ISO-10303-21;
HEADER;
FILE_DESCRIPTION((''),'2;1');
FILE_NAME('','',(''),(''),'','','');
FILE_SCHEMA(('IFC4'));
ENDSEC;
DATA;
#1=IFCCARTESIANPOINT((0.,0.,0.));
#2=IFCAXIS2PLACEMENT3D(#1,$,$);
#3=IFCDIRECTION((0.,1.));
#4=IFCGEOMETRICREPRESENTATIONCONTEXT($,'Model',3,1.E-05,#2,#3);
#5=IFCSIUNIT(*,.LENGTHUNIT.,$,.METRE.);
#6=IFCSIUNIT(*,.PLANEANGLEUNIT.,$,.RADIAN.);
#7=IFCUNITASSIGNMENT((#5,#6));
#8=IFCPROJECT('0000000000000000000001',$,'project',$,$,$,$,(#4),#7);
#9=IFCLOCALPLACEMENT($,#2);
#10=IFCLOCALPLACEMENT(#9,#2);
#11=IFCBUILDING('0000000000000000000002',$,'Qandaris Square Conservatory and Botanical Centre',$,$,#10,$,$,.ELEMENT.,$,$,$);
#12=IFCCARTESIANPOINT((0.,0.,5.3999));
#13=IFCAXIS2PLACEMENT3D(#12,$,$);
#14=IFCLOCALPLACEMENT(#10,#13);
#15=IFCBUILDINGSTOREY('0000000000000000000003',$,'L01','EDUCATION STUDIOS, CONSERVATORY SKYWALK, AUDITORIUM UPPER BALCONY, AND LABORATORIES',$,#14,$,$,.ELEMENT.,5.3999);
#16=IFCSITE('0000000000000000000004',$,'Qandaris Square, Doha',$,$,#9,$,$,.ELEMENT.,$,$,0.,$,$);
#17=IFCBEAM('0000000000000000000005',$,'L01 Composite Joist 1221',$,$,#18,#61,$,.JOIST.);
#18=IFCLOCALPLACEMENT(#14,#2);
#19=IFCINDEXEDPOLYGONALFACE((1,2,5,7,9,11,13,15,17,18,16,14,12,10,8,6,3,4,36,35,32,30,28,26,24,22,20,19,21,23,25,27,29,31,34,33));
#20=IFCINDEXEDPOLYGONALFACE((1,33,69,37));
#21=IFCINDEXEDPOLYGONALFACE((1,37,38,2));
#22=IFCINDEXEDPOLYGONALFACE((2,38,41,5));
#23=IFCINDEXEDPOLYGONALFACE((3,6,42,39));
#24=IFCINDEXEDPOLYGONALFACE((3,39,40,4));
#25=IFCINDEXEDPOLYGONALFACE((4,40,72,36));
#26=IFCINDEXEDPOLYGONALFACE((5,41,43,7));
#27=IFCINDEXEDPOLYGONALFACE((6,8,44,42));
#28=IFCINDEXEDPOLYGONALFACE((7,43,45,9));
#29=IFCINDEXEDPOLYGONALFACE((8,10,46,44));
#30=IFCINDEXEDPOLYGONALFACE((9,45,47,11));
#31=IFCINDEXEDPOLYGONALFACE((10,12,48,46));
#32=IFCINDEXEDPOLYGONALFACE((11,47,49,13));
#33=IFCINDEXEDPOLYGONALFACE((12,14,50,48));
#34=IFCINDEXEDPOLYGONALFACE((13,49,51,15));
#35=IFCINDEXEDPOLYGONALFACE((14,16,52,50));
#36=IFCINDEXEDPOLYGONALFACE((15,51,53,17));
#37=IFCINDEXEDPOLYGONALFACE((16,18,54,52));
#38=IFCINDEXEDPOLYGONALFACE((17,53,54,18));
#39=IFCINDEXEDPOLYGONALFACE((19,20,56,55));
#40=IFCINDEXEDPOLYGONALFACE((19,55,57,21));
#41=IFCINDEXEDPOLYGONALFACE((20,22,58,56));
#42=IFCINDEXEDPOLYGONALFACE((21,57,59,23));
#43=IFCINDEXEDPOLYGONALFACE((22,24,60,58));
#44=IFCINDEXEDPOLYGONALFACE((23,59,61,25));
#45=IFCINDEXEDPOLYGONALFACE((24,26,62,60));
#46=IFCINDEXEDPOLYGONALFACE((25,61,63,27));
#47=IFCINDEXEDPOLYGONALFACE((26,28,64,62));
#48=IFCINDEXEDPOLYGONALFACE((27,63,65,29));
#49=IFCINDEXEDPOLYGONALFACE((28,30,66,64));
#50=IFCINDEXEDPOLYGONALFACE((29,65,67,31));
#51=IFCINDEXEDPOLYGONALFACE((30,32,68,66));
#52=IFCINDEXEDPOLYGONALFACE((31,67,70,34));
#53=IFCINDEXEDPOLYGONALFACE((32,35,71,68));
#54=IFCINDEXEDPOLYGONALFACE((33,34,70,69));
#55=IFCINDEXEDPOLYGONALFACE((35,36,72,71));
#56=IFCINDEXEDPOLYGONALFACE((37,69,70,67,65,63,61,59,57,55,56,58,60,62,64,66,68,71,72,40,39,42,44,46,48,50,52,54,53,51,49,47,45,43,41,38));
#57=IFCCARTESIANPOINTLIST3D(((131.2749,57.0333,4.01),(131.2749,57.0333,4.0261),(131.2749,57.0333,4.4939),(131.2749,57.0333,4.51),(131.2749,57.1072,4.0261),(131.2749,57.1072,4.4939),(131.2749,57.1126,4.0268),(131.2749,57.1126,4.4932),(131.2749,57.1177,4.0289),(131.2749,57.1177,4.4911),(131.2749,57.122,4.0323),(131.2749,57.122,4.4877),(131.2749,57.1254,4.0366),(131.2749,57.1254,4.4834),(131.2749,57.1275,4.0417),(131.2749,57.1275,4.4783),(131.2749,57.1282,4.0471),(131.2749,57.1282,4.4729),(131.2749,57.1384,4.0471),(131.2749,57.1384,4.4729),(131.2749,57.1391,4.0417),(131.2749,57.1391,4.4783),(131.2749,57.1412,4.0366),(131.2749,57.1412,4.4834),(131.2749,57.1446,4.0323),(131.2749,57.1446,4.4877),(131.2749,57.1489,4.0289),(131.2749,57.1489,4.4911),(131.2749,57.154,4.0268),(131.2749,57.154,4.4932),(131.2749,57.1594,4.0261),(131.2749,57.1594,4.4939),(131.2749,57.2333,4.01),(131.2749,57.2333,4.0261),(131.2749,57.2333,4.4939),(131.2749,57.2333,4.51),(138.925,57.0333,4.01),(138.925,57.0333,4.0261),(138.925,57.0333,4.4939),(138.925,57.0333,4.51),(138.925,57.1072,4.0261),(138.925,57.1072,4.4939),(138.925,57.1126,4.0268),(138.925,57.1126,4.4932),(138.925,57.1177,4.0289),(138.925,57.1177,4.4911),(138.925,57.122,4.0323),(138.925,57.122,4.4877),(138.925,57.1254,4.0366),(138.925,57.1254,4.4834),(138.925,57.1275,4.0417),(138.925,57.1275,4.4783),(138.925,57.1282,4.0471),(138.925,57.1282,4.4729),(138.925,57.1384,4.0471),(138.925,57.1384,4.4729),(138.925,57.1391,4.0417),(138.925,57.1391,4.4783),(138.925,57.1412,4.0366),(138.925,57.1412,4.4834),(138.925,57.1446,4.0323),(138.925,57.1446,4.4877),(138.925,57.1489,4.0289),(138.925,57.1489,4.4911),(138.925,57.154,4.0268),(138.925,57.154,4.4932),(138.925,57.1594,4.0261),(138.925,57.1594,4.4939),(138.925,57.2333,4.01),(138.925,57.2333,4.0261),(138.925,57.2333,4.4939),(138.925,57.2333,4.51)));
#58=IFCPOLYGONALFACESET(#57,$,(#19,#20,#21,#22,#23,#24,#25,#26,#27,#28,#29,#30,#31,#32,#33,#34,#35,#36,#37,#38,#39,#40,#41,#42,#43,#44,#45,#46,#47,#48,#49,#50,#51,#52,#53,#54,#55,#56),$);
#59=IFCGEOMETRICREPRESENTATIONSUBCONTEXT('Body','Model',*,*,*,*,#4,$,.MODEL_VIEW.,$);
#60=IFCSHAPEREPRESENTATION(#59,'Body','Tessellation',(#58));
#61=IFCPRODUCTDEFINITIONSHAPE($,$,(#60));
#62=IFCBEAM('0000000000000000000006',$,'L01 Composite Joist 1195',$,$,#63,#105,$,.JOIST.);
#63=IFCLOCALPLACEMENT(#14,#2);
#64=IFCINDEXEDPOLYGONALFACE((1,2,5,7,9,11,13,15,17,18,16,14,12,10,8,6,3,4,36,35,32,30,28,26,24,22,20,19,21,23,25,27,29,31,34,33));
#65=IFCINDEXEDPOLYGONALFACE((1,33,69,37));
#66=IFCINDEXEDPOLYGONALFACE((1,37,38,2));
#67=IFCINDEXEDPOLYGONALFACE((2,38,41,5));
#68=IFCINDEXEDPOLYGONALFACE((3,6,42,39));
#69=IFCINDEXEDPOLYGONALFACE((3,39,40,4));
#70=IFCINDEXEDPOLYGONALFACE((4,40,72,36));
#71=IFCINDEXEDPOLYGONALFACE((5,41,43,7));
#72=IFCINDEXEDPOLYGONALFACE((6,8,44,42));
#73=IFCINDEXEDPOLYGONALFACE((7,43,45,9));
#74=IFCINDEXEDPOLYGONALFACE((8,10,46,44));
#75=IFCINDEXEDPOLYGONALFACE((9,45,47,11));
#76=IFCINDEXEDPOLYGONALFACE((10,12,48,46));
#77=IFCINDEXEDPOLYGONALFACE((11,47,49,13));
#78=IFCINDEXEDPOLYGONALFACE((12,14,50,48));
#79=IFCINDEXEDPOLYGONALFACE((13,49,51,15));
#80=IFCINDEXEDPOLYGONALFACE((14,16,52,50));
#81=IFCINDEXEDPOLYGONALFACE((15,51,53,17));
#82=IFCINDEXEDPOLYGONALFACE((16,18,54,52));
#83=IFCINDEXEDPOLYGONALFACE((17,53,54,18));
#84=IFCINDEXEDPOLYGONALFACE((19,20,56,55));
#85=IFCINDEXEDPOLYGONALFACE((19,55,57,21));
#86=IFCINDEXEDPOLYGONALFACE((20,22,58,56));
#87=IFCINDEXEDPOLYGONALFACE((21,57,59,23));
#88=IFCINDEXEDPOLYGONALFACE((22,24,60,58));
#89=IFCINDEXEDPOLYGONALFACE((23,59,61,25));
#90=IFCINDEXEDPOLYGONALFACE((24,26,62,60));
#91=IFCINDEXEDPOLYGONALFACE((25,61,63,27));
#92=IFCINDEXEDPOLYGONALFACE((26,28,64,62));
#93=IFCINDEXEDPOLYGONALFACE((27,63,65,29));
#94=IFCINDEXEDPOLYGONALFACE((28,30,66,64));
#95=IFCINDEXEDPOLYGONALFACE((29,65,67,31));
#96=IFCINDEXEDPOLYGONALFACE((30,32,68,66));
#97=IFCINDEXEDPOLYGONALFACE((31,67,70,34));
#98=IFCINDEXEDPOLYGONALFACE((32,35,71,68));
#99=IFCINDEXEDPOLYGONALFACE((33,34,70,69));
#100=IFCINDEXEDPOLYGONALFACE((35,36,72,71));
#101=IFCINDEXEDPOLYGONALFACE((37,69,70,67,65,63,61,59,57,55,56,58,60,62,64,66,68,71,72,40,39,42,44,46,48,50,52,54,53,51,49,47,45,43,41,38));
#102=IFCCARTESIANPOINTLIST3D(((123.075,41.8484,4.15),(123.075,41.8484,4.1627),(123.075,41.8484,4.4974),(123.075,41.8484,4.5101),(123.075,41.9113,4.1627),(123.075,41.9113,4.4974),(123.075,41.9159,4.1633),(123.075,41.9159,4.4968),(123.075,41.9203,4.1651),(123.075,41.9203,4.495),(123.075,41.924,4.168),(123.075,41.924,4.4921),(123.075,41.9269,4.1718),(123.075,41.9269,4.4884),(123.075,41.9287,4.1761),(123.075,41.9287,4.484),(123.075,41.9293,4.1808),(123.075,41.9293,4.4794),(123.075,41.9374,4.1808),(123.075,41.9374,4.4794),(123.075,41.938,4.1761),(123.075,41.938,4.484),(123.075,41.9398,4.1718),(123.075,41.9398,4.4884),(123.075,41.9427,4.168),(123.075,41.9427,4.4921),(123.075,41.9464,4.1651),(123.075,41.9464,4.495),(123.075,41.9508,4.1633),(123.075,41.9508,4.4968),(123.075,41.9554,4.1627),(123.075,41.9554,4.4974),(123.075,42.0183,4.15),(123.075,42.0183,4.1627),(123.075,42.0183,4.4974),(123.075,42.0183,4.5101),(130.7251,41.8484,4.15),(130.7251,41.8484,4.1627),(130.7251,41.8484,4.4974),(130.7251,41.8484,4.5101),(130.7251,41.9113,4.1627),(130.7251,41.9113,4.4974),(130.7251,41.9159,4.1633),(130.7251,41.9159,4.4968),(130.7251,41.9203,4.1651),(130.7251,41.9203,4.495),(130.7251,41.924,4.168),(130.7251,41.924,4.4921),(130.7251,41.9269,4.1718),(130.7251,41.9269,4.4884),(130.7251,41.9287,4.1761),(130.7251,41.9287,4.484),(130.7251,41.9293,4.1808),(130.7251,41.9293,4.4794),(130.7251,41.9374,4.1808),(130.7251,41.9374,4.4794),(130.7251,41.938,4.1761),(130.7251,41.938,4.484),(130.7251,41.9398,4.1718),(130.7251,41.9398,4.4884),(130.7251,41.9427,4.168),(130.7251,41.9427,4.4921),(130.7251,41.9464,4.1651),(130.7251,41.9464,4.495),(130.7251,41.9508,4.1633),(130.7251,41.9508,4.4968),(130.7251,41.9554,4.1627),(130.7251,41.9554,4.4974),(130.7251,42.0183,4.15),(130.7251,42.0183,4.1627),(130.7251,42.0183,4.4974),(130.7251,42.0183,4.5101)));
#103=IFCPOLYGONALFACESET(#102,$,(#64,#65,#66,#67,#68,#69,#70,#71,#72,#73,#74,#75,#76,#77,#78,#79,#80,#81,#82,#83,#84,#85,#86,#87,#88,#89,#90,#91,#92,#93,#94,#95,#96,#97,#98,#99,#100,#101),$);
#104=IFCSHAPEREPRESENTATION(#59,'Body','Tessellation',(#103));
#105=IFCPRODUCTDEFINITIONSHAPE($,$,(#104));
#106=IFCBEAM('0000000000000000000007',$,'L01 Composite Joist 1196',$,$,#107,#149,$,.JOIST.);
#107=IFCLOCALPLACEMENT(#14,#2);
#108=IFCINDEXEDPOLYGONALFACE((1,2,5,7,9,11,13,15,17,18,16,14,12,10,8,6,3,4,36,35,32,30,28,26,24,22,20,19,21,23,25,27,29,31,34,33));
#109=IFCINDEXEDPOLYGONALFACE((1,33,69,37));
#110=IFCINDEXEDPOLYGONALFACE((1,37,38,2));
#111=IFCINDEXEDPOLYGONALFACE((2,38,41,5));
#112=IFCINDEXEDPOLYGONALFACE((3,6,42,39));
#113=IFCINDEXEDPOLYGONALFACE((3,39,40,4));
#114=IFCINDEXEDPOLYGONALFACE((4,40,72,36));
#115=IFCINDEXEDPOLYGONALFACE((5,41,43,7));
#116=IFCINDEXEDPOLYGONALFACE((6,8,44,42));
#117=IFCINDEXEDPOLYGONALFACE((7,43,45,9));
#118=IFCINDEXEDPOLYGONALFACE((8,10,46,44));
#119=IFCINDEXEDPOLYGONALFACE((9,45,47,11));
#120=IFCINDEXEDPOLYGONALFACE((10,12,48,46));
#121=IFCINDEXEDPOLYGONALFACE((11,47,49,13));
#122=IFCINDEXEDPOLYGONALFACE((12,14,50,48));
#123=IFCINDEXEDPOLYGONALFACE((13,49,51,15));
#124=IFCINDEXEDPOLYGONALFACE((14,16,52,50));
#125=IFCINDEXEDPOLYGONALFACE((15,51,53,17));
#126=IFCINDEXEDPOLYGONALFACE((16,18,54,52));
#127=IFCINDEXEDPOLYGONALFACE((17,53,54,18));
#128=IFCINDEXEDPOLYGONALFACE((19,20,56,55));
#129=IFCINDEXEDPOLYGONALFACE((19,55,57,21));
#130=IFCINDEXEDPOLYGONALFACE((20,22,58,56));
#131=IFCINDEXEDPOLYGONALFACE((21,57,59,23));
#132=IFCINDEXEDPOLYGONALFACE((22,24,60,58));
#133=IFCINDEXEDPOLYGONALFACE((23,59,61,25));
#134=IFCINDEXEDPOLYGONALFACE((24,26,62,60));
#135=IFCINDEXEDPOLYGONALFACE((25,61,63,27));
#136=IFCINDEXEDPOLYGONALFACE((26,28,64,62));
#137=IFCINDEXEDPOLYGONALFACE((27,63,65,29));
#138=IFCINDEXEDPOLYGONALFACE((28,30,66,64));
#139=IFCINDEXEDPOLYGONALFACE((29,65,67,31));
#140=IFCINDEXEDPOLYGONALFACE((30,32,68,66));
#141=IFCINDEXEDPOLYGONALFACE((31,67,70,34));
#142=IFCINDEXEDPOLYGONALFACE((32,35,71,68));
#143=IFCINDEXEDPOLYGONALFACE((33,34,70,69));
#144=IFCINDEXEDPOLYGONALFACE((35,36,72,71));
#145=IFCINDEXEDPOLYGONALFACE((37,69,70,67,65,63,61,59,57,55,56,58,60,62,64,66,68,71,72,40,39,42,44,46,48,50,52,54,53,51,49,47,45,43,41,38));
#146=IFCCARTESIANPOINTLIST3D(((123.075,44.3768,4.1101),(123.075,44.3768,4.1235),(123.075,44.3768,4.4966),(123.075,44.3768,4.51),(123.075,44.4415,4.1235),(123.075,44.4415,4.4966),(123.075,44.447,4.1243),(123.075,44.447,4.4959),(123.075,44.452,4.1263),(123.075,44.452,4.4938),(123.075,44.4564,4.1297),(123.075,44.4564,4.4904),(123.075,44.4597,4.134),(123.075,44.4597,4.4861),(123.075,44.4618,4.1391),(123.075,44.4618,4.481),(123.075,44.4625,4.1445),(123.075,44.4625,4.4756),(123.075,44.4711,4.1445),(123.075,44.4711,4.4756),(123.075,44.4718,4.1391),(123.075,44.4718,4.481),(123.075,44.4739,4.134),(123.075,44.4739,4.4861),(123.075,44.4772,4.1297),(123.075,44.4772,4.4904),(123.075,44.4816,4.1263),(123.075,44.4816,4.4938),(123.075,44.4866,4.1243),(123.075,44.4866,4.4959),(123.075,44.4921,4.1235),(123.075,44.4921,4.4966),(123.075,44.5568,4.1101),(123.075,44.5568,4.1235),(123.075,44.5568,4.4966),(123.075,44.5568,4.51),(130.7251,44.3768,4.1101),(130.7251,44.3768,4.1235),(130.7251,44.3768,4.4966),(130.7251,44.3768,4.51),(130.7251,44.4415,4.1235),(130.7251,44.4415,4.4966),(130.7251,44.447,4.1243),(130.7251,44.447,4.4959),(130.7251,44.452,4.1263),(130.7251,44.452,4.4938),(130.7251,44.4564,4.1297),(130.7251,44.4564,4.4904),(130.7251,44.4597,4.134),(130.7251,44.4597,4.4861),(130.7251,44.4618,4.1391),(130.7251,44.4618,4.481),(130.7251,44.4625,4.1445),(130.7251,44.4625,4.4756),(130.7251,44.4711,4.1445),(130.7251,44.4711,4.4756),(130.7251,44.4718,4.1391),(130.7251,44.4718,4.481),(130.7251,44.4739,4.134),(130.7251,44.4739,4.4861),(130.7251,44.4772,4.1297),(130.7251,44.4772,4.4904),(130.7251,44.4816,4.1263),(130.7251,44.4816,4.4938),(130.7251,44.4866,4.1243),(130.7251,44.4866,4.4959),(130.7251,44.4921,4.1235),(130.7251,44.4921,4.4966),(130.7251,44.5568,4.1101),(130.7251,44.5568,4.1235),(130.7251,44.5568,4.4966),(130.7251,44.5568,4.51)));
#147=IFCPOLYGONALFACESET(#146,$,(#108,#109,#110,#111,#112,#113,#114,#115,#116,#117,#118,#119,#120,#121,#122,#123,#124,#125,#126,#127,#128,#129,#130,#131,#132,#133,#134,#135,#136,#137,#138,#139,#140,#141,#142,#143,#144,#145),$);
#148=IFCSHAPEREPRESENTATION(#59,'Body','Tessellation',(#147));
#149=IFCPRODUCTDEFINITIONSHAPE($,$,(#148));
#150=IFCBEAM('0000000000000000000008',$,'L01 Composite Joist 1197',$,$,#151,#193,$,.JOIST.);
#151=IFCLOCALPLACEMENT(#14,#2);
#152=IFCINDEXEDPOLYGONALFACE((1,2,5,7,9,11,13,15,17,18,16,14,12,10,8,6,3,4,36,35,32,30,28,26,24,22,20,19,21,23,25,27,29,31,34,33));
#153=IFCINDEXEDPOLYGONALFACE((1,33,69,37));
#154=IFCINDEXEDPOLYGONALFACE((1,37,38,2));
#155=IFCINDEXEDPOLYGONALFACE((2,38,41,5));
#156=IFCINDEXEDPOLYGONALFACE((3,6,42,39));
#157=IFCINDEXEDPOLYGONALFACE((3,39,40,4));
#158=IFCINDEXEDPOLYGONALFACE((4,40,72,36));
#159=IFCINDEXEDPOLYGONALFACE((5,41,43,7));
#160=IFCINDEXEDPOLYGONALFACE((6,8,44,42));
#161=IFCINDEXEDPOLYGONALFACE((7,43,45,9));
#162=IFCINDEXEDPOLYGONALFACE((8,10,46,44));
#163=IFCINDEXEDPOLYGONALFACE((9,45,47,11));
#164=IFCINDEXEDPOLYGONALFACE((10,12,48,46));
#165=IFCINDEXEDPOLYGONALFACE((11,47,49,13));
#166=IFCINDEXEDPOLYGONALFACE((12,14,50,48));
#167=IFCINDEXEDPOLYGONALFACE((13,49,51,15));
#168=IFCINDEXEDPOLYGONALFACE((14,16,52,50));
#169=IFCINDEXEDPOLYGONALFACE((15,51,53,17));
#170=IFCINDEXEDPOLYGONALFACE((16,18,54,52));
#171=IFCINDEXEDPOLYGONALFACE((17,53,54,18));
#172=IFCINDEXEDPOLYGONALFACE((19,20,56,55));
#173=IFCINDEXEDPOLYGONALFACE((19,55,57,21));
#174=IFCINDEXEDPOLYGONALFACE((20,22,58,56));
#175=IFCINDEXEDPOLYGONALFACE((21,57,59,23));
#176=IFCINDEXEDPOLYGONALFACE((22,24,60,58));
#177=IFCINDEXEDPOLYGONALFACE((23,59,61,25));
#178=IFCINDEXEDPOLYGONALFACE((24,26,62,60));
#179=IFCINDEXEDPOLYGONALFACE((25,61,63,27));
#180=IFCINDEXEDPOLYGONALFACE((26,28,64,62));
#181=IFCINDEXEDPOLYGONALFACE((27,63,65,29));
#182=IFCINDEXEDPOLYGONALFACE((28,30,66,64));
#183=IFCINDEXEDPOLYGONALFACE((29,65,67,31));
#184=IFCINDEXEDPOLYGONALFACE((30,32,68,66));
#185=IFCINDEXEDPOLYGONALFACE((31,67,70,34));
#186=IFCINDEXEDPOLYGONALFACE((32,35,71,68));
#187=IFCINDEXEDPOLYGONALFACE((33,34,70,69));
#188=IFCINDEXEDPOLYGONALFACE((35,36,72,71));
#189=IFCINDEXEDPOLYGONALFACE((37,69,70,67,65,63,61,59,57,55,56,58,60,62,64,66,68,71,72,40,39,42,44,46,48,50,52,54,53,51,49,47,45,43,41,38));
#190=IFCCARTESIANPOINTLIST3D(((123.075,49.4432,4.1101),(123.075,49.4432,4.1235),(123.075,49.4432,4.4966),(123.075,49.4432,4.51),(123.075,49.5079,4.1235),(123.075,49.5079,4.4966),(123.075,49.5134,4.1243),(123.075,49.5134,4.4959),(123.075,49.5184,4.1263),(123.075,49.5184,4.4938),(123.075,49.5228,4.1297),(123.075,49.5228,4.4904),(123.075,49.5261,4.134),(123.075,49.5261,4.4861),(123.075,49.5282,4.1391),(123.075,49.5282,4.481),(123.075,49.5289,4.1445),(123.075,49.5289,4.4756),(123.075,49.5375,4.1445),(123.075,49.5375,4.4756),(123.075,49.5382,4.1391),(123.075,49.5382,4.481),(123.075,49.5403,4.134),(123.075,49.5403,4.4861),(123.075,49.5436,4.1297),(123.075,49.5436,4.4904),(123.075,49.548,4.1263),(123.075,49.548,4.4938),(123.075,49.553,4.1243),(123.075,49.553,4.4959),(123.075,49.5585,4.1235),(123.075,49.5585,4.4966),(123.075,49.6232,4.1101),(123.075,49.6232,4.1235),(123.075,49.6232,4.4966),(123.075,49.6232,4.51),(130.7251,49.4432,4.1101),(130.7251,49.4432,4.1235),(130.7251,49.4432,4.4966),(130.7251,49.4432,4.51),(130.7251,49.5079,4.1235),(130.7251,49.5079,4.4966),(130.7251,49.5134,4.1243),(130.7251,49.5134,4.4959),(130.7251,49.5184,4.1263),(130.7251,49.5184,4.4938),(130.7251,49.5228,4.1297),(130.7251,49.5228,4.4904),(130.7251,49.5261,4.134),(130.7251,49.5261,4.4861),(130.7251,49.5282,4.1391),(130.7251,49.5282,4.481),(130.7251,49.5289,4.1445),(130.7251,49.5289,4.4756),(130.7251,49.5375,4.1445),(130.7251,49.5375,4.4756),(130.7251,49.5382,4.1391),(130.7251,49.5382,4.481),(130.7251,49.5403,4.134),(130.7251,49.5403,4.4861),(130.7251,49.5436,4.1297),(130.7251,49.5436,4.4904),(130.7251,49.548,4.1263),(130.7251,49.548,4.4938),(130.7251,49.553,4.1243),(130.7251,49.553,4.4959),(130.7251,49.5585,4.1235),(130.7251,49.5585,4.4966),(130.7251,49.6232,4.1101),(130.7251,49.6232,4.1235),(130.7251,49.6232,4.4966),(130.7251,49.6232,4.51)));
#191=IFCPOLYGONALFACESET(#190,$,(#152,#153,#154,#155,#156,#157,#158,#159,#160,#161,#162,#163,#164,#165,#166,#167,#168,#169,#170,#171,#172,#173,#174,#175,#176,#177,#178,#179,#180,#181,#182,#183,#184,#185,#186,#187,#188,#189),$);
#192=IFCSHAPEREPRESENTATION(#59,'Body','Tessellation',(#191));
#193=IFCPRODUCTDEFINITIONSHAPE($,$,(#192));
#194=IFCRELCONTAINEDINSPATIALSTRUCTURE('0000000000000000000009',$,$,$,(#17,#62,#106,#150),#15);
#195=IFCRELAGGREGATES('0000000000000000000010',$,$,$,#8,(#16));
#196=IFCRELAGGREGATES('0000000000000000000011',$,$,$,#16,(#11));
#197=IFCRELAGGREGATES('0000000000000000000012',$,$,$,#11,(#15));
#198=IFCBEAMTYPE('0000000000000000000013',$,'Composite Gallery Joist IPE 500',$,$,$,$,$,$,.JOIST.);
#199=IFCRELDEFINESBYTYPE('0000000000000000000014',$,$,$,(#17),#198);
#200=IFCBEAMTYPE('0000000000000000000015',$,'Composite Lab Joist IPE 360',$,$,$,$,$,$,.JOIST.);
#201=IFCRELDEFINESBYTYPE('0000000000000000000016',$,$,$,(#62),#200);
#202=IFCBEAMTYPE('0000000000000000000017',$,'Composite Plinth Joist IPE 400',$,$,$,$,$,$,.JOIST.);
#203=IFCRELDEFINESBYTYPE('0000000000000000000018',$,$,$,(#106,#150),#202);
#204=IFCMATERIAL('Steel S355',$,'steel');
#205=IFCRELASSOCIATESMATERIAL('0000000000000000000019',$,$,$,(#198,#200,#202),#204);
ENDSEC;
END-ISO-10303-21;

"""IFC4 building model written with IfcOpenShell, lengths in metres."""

from ifc_helpers import new_model, si_unit, direction, frame, origin, origin_2d, place, context, subcontext, project, spatial, i_section, extrude, material, material_profile, profile_set, type_object, element, save


model = new_model("IFC4")

# Units and contexts
model_context = context("Model", 3, precision=1e-05, world=origin(), true_north=direction((0.0, 1.0)))
body_context = subcontext(model_context, "Body", "Model", "MODEL_VIEW")
ifc_project = project(units=[si_unit("LENGTHUNIT", "METRE"), si_unit("PLANEANGLEUNIT", "RADIAN")], contexts=[model_context])

# Site, building, storey
site_placement = place(None, origin())
site = spatial("IfcSite", under=ifc_project, at=site_placement, Name="Qandaris Square, Doha", CompositionType="ELEMENT", RefElevation=0.0)
building_placement = place(site_placement, origin())
building = spatial("IfcBuilding", under=site, at=building_placement, Name="Qandaris Square Conservatory and Botanical Centre", CompositionType="ELEMENT")
storey_placement = place(building_placement, frame((0.0, 0.0, 5.3999)))
storey = spatial("IfcBuildingStorey", under=building, at=storey_placement, Name="L01", Description="EDUCATION STUDIOS, CONSERVATORY SKYWALK, AUDITORIUM UPPER BALCONY, AND LABORATORIES", CompositionType="ELEMENT", Elevation=5.3999)

# Beams
ifc_material_1 = material(Name="Steel S355", Category="steel")
ifc_material_profile_1 = material_profile(ifc_material_1, i_section(OverallWidth=0.2, OverallDepth=0.5, WebThickness=0.0103, FlangeThickness=0.0161, FilletRadius=0.021, at=origin_2d()), Name="IPE 500")
ifc_profile_set_1 = profile_set([ifc_material_profile_1], Name="Steel S355")
beam_type_1 = type_object("IfcBeamType", Name="Composite Gallery Joist IPE 500", PredefinedType="JOIST", material=ifc_profile_set_1)
for number, where, z_axis, x_axis, name in (
    (1, (131.2749, 57.1333, 4.26), (1.0, 0.0, 0.0), (0.0, 1.0, 0.0), "L01 Composite Joist 1221"),
):
    element("IfcBeam", number, at=place(storey_placement, frame(where, z_axis=z_axis, x_axis=x_axis)), inside=storey, type_object=beam_type_1, Name=name, PredefinedType="JOIST", context=body_context, shape_type="SweptSolid", body=[
        extrude(i_section(OverallWidth=0.2, OverallDepth=0.5, WebThickness=0.0103, FlangeThickness=0.0161, FilletRadius=0.021, at=origin_2d()), origin(), (0.0, 0.0, 1.0), 7.6501),
    ])
ifc_material_profile_2 = material_profile(ifc_material_1, i_section(OverallWidth=0.1699, OverallDepth=0.3601, WebThickness=0.0081, FlangeThickness=0.0127, FilletRadius=0.0181, at=origin_2d()), Name="IPE 360")
ifc_profile_set_2 = profile_set([ifc_material_profile_2], Name="Steel S355")
beam_type_2 = type_object("IfcBeamType", Name="Composite Lab Joist IPE 360", PredefinedType="JOIST", material=ifc_profile_set_2)
beam_1_placement = place(storey_placement, frame((123.075, 41.9333, 4.3301), z_axis=(1.0, 0.0, 0.0), x_axis=(0.0, 1.0, 0.0)))
element("IfcBeam", 2, at=beam_1_placement, inside=storey, type_object=beam_type_2, Name="L01 Composite Joist 1195", PredefinedType="JOIST", context=body_context, shape_type="SweptSolid", body=[
    extrude(i_section(OverallWidth=0.1699, OverallDepth=0.3601, WebThickness=0.0081, FlangeThickness=0.0127, FilletRadius=0.0181, at=origin_2d()), origin(), (0.0, 0.0, 1.0), 7.6501),
])
ifc_material_profile_3 = material_profile(ifc_material_1, i_section(OverallWidth=0.1799, OverallDepth=0.3999, WebThickness=0.0085, FlangeThickness=0.0134, FilletRadius=0.021, at=origin_2d()), Name="IPE 400")
ifc_profile_set_3 = profile_set([ifc_material_profile_3], Name="Steel S355")
beam_type_3 = type_object("IfcBeamType", Name="Composite Plinth Joist IPE 400", PredefinedType="JOIST", material=ifc_profile_set_3)
for number, where, z_axis, x_axis, name in (
    (3, (123.075, 44.4668, 4.3101), (1.0, 0.0, 0.0), (0.0, 1.0, 0.0), "L01 Composite Joist 1196"),
    (4, (123.075, 49.5332, 4.3101), (1.0, 0.0, 0.0), (0.0, 1.0, 0.0), "L01 Composite Joist 1197"),
):
    element("IfcBeam", number, at=place(storey_placement, frame(where, z_axis=z_axis, x_axis=x_axis)), inside=storey, type_object=beam_type_3, Name=name, PredefinedType="JOIST", context=body_context, shape_type="SweptSolid", body=[
        extrude(i_section(OverallWidth=0.1799, OverallDepth=0.3999, WebThickness=0.0085, FlangeThickness=0.0134, FilletRadius=0.021, at=origin_2d()), origin(), (0.0, 0.0, 1.0), 7.6501),
    ])

save(model, "model.ifc")
